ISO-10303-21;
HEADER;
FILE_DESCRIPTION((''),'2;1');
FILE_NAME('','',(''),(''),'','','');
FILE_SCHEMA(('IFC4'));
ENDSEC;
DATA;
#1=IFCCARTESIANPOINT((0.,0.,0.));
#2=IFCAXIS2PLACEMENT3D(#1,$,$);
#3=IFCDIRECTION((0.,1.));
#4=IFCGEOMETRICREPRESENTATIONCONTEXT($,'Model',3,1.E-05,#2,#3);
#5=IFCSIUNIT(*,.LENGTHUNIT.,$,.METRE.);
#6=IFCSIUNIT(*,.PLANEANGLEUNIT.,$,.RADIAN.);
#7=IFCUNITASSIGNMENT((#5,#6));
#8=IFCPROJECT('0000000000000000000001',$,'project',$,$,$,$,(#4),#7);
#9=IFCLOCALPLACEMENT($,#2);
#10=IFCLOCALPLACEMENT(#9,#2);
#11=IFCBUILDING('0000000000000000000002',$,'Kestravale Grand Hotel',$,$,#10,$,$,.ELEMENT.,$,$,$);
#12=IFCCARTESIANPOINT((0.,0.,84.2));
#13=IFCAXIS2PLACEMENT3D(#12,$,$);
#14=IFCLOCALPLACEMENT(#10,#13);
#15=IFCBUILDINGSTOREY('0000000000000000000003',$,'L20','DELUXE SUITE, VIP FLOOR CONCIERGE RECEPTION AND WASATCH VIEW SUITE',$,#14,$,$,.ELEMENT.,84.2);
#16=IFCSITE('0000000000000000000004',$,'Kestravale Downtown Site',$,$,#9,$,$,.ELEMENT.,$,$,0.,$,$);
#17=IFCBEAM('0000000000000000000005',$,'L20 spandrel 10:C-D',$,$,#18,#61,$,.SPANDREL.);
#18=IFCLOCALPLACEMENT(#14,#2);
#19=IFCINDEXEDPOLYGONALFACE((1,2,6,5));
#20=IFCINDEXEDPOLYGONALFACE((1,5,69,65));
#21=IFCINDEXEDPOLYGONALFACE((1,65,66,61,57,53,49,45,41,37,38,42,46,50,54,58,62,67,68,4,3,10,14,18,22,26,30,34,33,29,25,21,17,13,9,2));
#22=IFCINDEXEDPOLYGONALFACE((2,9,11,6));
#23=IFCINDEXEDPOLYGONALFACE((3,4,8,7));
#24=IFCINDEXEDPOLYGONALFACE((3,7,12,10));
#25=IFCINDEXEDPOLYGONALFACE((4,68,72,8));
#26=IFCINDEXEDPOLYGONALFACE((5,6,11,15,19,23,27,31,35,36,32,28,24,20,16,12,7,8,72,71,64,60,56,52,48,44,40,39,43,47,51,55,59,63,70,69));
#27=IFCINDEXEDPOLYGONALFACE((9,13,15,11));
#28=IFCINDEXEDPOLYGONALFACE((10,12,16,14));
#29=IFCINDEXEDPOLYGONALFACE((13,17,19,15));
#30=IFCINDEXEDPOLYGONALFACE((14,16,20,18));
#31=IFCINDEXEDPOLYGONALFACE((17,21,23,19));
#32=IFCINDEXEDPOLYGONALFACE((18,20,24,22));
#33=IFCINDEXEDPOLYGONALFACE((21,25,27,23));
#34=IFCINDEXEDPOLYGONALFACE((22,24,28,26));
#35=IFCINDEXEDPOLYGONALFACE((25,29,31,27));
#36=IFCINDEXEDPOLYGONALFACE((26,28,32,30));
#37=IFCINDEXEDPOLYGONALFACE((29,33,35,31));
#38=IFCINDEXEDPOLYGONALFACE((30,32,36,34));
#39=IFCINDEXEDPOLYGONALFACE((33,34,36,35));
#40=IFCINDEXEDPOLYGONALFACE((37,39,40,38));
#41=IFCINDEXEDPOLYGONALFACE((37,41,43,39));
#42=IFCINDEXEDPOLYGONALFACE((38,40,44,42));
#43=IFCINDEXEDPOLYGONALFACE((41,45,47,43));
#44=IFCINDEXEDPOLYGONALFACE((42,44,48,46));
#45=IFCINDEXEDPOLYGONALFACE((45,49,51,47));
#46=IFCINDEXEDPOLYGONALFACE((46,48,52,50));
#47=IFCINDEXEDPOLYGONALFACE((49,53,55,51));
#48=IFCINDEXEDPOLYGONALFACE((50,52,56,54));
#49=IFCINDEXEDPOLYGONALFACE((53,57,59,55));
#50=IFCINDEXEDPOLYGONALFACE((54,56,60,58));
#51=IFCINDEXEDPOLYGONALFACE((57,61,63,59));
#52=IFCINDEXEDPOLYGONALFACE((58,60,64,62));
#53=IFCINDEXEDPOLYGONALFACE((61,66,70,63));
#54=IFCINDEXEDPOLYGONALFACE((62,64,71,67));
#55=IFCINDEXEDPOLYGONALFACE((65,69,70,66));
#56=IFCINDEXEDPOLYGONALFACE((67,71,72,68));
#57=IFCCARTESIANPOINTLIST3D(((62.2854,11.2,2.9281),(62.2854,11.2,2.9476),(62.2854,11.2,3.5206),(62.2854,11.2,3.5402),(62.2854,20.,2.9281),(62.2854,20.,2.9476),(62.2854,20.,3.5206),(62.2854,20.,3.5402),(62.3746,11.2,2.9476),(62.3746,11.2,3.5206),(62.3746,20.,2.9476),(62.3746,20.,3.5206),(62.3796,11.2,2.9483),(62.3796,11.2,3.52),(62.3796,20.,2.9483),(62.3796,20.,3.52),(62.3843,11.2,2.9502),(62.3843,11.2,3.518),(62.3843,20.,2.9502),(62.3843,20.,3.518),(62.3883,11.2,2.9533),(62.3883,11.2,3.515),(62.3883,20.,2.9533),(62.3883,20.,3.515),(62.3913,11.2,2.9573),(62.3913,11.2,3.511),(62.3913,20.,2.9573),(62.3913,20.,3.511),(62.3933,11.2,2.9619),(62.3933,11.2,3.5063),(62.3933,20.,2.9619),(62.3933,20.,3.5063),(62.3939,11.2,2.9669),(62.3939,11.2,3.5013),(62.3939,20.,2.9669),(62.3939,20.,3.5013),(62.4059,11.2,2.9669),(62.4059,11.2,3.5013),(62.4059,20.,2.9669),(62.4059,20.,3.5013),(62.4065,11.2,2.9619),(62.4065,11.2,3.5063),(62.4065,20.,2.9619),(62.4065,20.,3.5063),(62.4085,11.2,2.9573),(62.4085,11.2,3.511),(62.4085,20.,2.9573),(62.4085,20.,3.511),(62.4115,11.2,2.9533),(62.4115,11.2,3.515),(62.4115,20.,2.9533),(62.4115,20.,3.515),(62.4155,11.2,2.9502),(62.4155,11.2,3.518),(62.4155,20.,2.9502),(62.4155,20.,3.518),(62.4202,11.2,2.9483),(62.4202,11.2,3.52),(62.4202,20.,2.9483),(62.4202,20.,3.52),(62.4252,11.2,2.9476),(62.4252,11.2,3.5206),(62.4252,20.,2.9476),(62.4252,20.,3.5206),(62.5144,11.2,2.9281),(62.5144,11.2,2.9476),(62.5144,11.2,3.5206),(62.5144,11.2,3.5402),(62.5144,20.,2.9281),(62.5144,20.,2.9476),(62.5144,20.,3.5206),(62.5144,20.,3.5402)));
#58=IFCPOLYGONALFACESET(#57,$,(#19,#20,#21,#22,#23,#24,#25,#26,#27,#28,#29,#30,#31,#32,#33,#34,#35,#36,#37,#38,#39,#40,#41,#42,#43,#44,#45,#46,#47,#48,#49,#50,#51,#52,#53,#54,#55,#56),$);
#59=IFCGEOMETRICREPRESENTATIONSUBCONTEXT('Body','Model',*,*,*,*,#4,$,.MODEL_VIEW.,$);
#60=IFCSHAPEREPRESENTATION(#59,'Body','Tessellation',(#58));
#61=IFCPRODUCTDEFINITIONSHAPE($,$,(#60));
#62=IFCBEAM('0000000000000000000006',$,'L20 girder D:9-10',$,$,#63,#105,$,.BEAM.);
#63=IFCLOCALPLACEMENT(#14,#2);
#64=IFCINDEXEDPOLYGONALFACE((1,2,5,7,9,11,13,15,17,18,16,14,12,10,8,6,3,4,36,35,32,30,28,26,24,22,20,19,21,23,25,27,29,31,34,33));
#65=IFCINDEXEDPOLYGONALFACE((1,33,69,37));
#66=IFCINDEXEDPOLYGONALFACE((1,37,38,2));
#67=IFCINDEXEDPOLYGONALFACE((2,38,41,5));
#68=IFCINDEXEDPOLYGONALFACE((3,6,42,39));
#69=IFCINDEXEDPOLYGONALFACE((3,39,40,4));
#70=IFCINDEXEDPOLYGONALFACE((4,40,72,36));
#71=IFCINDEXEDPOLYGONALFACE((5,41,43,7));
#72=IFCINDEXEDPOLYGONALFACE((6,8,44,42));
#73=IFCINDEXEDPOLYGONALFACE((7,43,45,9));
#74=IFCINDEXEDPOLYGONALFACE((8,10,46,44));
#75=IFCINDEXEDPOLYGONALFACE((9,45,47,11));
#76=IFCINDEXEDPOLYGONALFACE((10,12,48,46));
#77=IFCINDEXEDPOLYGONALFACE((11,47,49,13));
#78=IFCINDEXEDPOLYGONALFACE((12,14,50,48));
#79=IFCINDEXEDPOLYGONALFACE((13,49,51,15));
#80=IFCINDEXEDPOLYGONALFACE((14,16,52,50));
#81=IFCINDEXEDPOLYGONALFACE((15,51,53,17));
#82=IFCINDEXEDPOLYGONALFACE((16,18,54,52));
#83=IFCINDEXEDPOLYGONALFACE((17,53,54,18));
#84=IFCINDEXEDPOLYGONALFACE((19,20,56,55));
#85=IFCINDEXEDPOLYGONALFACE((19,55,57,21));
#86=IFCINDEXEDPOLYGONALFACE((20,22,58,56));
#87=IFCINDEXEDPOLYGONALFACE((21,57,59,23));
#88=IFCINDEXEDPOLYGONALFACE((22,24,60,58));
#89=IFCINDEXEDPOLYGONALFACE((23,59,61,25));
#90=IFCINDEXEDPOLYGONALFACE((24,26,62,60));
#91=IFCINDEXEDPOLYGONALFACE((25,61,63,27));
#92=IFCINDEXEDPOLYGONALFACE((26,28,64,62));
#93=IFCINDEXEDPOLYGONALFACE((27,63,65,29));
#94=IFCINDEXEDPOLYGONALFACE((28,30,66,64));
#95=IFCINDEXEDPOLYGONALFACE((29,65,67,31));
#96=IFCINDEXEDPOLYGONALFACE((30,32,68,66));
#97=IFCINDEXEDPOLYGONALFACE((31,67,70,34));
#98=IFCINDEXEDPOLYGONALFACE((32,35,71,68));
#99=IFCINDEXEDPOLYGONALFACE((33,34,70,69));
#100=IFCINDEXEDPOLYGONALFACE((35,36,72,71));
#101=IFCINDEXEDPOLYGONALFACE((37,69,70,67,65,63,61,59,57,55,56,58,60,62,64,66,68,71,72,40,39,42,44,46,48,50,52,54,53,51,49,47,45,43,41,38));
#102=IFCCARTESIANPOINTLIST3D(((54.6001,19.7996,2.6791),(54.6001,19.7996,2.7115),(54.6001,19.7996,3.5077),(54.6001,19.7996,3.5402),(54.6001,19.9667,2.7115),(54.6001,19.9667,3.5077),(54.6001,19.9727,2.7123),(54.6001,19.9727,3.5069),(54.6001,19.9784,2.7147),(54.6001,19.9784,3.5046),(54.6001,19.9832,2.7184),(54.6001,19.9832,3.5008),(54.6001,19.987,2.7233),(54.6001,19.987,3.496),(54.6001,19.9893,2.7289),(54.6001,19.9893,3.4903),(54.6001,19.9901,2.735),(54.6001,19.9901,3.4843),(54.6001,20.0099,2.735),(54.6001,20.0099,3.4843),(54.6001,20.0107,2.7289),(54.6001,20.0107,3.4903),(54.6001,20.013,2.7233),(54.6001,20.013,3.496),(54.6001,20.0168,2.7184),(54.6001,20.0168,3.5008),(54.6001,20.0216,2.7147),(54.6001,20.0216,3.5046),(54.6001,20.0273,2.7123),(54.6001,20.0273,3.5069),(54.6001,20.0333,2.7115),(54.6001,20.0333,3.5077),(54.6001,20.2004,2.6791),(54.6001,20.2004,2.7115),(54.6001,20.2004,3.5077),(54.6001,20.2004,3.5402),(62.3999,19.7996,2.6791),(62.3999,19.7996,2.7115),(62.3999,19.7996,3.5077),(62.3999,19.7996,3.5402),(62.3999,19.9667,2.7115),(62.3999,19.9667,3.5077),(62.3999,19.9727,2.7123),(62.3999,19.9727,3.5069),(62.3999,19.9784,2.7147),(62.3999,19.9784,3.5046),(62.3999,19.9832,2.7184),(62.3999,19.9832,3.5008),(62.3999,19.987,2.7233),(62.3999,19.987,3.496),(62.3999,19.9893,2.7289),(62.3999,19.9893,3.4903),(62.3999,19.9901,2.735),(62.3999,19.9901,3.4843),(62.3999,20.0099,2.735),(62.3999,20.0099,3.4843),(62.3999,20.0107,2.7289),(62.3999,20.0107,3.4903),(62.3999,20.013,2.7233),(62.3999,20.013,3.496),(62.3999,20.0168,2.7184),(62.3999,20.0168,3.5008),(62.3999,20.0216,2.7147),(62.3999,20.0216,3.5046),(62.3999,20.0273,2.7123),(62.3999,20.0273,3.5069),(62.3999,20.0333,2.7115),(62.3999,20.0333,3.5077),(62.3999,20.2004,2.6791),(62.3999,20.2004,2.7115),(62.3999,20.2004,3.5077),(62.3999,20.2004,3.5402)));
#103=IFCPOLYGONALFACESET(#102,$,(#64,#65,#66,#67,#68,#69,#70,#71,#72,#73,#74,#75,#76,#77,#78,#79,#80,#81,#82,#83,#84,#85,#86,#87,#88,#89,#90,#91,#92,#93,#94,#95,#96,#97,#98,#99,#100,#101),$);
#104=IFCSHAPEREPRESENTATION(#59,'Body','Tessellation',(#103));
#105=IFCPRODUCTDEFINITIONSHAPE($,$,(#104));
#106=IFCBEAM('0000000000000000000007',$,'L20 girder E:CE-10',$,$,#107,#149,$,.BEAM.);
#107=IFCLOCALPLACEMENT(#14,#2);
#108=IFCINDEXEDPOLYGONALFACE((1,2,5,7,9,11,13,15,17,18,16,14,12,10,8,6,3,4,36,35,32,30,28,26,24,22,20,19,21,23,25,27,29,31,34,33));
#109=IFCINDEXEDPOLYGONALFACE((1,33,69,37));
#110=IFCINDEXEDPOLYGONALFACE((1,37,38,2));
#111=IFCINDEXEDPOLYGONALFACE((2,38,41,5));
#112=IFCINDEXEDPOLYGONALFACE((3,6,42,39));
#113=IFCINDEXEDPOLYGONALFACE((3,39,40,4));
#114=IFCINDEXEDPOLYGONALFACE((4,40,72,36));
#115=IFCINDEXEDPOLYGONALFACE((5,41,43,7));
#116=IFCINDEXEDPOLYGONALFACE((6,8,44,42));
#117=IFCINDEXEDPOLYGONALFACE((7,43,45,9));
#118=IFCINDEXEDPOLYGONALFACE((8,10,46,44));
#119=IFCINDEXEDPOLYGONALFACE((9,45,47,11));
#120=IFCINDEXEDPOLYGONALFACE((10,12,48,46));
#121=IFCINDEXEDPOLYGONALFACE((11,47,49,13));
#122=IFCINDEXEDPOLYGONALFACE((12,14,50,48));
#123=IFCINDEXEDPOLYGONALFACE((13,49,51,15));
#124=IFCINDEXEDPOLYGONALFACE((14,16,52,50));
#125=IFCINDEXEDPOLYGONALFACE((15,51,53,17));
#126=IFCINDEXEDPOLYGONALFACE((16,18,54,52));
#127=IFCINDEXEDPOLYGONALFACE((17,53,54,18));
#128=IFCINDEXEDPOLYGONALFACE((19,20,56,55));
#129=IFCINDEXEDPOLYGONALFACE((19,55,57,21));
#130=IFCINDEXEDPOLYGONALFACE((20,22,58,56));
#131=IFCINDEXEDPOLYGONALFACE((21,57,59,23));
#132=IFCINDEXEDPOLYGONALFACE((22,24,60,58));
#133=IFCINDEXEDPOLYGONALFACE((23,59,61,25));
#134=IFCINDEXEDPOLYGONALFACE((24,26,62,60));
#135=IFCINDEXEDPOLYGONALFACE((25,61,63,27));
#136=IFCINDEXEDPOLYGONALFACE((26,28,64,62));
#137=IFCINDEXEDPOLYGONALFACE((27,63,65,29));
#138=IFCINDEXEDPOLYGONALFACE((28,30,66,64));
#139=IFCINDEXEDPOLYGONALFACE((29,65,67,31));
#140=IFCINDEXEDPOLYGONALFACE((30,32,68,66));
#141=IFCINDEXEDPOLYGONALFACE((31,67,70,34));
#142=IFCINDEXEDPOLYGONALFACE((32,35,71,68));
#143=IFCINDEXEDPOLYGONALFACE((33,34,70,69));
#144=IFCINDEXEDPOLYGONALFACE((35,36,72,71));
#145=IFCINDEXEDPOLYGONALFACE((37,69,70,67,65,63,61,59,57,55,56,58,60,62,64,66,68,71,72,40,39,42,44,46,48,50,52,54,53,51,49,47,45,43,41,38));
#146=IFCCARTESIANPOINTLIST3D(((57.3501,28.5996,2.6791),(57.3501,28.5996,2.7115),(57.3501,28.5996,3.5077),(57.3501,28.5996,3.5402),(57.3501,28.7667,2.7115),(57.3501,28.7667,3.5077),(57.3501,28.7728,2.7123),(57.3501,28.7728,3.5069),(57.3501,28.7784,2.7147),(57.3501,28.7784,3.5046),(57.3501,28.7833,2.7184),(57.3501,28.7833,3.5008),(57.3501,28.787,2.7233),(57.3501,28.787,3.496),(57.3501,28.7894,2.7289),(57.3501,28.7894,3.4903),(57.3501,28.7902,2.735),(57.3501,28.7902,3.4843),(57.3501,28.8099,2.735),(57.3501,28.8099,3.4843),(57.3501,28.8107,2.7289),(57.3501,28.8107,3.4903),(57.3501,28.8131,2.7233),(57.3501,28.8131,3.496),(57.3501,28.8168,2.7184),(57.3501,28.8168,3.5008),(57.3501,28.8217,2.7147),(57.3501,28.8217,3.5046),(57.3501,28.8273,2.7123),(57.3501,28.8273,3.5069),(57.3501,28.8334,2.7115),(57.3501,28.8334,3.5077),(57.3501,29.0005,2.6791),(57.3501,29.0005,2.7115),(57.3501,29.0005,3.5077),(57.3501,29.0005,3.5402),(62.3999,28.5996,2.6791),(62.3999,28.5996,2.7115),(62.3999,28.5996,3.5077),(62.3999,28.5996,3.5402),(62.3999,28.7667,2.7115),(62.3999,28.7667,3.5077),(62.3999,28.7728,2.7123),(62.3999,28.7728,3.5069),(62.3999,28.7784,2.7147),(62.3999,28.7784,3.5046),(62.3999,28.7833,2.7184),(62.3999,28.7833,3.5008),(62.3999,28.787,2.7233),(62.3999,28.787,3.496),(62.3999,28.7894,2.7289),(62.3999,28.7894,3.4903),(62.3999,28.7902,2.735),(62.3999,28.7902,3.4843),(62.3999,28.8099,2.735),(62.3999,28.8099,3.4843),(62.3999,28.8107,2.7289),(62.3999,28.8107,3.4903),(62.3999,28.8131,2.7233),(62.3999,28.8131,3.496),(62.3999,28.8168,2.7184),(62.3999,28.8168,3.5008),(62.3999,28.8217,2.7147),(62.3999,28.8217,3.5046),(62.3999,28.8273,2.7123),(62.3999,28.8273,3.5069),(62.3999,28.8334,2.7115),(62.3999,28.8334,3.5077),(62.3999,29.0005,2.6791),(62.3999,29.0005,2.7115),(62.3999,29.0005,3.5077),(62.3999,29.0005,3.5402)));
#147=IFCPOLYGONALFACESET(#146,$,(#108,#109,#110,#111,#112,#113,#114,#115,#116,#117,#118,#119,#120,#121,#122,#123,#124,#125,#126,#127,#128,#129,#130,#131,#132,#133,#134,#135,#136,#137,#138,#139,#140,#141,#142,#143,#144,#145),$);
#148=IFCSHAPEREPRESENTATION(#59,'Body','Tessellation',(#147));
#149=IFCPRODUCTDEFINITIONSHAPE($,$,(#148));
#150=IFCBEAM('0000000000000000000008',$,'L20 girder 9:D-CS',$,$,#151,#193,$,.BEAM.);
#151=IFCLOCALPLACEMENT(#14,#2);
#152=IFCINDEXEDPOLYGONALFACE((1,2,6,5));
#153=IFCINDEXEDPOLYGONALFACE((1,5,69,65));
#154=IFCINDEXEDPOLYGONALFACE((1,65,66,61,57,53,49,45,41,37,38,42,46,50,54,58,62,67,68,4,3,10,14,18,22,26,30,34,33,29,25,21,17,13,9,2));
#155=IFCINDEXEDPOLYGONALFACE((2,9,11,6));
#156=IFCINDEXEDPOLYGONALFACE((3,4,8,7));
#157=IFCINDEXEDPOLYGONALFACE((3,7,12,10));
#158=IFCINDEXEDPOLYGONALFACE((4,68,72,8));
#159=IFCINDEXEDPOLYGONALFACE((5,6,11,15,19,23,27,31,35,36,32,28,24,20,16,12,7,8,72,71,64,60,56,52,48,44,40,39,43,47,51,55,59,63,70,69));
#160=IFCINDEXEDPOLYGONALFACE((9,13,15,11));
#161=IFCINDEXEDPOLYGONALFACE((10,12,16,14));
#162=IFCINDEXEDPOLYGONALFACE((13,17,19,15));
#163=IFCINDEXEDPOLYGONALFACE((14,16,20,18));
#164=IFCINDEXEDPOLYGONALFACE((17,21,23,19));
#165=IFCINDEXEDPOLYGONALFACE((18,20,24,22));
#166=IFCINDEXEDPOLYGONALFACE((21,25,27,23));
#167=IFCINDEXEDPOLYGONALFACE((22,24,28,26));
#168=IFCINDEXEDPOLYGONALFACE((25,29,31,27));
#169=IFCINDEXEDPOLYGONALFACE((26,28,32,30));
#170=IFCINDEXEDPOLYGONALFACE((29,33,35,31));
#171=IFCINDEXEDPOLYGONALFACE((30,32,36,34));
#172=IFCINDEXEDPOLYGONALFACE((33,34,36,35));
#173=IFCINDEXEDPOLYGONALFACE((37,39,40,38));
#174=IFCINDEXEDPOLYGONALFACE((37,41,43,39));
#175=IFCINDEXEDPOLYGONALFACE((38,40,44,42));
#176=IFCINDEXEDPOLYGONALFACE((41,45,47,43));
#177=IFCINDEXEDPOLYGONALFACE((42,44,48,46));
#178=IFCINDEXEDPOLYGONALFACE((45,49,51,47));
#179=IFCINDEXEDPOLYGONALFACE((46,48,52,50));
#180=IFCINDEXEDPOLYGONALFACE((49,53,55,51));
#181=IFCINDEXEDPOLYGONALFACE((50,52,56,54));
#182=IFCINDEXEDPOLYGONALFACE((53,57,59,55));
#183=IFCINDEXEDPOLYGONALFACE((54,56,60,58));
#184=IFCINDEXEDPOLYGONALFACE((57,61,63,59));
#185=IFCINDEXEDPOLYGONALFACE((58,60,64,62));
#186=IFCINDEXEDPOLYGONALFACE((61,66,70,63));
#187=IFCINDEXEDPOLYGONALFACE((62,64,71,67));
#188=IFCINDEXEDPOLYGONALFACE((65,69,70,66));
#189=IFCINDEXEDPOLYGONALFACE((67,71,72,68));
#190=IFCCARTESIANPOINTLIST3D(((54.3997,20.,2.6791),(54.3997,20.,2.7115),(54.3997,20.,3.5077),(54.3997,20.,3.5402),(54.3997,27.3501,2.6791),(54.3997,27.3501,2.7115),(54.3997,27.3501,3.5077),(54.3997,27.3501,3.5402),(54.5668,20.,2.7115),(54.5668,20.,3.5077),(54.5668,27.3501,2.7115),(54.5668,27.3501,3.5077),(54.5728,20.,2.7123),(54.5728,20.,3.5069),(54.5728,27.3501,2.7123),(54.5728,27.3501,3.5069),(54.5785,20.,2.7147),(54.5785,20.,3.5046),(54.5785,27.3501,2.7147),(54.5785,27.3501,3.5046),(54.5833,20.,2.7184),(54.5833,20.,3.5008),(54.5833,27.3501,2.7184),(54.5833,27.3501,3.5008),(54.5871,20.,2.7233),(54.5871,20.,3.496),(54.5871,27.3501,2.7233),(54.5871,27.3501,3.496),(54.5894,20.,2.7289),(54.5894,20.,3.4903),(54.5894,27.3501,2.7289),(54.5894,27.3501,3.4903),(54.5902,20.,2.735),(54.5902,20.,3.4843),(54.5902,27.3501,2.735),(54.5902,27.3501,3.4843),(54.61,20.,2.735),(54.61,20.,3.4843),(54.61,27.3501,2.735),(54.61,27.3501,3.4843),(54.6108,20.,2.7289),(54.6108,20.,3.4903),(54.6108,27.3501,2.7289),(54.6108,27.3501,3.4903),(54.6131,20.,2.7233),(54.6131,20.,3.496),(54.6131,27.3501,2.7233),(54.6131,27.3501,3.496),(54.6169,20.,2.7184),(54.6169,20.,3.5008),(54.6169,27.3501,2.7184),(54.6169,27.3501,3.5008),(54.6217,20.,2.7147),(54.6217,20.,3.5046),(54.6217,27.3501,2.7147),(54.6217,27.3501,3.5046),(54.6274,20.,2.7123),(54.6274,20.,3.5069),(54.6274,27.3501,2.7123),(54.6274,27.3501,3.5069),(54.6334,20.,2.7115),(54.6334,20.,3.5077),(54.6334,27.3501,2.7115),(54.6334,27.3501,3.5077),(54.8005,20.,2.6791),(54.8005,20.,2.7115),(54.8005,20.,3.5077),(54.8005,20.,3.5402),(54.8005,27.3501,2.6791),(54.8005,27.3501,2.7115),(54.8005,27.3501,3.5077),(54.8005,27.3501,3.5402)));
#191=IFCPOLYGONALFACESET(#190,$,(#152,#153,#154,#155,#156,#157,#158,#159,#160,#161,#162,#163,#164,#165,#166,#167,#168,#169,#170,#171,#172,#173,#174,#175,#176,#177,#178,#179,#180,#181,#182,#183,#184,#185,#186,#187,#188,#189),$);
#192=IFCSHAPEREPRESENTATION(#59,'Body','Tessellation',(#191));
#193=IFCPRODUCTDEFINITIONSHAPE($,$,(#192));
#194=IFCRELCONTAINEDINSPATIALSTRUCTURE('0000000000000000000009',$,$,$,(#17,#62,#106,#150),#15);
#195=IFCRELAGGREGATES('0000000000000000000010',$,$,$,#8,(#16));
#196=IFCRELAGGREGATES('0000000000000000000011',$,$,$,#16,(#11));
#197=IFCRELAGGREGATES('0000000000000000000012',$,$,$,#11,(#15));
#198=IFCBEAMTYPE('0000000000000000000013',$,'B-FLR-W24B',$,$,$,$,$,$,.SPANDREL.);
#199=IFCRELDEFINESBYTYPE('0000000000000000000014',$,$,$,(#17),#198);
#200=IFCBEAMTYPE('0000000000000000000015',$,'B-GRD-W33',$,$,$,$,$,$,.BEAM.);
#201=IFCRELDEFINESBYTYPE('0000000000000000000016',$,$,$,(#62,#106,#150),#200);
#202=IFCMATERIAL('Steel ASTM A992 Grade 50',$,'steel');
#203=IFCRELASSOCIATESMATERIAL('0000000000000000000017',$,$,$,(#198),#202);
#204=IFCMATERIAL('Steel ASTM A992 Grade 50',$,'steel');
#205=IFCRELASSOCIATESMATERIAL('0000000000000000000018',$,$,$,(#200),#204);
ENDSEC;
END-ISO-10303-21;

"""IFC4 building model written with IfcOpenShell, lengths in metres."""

from ifc_helpers import new_model, si_unit, direction, frame, origin, origin_2d, place, context, subcontext, project, spatial, i_section, extrude, material, material_profile, profile_set, type_object, element, save


model = new_model("IFC4")

# Units and contexts
model_context = context("Model", 3, precision=1e-05, world=origin(), true_north=direction((0.0, 1.0)))
body_context = subcontext(model_context, "Body", "Model", "MODEL_VIEW")
ifc_project = project(units=[si_unit("LENGTHUNIT", "METRE"), si_unit("PLANEANGLEUNIT", "RADIAN")], contexts=[model_context])

# Site, building, storey
site_placement = place(None, origin())
site = spatial("IfcSite", under=ifc_project, at=site_placement, Name="Kestravale Downtown Site", CompositionType="ELEMENT", RefElevation=0.0)
building_placement = place(site_placement, origin())
building = spatial("IfcBuilding", under=site, at=building_placement, Name="Kestravale Grand Hotel", CompositionType="ELEMENT")
storey_placement = place(building_placement, frame((0.0, 0.0, 84.2)))
storey = spatial("IfcBuildingStorey", under=building, at=storey_placement, Name="L20", Description="DELUXE SUITE, VIP FLOOR CONCIERGE RECEPTION AND WASATCH VIEW SUITE", CompositionType="ELEMENT", Elevation=84.2)

# Beams
ifc_material_1 = material(Name="Steel ASTM A992 Grade 50", Category="steel")
ifc_material_profile_1 = material_profile(ifc_material_1, i_section(OverallWidth=0.229, OverallDepth=0.6121, WebThickness=0.012, FlangeThickness=0.0195, FilletRadius=0.0193, at=origin_2d()))
ifc_profile_set_1 = profile_set([ifc_material_profile_1], Name="Steel ASTM A992 Grade 50")
beam_type_1 = type_object("IfcBeamType", Name="B-FLR-W24B", PredefinedType="SPANDREL", material=ifc_profile_set_1)
beam_1_placement = place(storey_placement, frame((62.3999, 11.2, 3.2341), z_axis=(0.0, 1.0, 0.0), x_axis=(-1.0, 0.0, 0.0)))
element("IfcBeam", 1, at=beam_1_placement, inside=storey, type_object=beam_type_1, Name="L20 spandrel 10:C-D", PredefinedType="SPANDREL", context=body_context, shape_type="SweptSolid", body=[
    extrude(i_section(OverallWidth=0.229, OverallDepth=0.6121, WebThickness=0.012, FlangeThickness=0.0195, FilletRadius=0.0193, at=origin_2d()), origin(), (0.0, 0.0, 1.0), 8.8),
])
ifc_material_2 = material(Name="Steel ASTM A992 Grade 50", Category="steel")
ifc_material_profile_2 = material_profile(ifc_material_2, i_section(OverallWidth=0.4009, OverallDepth=0.8611, WebThickness=0.0198, FlangeThickness=0.0325, FilletRadius=0.0234, at=origin_2d()))
ifc_profile_set_2 = profile_set([ifc_material_profile_2], Name="Steel ASTM A992 Grade 50")
beam_type_2 = type_object("IfcBeamType", Name="B-GRD-W33", PredefinedType="BEAM", material=ifc_profile_set_2)
beam_2_placement = place(storey_placement, frame((54.6001, 20.0, 3.1096), z_axis=(1.0, 0.0, 0.0), x_axis=(0.0, 1.0, 0.0)))
element("IfcBeam", 2, at=beam_2_placement, inside=storey, type_object=beam_type_2, Name="L20 girder D:9-10", PredefinedType="BEAM", context=body_context, shape_type="SweptSolid", body=[
    extrude(i_section(OverallWidth=0.4009, OverallDepth=0.8611, WebThickness=0.0198, FlangeThickness=0.0325, FilletRadius=0.0234, at=origin_2d()), origin(), (0.0, 0.0, 1.0), 7.7998),
])
beam_3_placement = place(storey_placement, frame((57.3501, 28.8, 3.1096), z_axis=(1.0, 0.0, 0.0), x_axis=(0.0, 1.0, 0.0)))
element("IfcBeam", 3, at=beam_3_placement, inside=storey, type_object=beam_type_2, Name="L20 girder E:CE-10", PredefinedType="BEAM", context=body_context, shape_type="SweptSolid", body=[
    extrude(i_section(OverallWidth=0.4009, OverallDepth=0.8611, WebThickness=0.0198, FlangeThickness=0.0325, FilletRadius=0.0234, at=origin_2d()), origin(), (0.0, 0.0, 1.0), 5.0498),
])
beam_4_placement = place(storey_placement, frame((54.6001, 20.0, 3.1096), z_axis=(0.0, 1.0, 0.0), x_axis=(-1.0, 0.0, 0.0)))
element("IfcBeam", 4, at=beam_4_placement, inside=storey, type_object=beam_type_2, Name="L20 girder 9:D-CS", PredefinedType="BEAM", context=body_context, shape_type="SweptSolid", body=[
    extrude(i_section(OverallWidth=0.4009, OverallDepth=0.8611, WebThickness=0.0198, FlangeThickness=0.0325, FilletRadius=0.0234, at=origin_2d()), origin(), (0.0, 0.0, 1.0), 7.3501),
])

save(model, "model.ifc")
